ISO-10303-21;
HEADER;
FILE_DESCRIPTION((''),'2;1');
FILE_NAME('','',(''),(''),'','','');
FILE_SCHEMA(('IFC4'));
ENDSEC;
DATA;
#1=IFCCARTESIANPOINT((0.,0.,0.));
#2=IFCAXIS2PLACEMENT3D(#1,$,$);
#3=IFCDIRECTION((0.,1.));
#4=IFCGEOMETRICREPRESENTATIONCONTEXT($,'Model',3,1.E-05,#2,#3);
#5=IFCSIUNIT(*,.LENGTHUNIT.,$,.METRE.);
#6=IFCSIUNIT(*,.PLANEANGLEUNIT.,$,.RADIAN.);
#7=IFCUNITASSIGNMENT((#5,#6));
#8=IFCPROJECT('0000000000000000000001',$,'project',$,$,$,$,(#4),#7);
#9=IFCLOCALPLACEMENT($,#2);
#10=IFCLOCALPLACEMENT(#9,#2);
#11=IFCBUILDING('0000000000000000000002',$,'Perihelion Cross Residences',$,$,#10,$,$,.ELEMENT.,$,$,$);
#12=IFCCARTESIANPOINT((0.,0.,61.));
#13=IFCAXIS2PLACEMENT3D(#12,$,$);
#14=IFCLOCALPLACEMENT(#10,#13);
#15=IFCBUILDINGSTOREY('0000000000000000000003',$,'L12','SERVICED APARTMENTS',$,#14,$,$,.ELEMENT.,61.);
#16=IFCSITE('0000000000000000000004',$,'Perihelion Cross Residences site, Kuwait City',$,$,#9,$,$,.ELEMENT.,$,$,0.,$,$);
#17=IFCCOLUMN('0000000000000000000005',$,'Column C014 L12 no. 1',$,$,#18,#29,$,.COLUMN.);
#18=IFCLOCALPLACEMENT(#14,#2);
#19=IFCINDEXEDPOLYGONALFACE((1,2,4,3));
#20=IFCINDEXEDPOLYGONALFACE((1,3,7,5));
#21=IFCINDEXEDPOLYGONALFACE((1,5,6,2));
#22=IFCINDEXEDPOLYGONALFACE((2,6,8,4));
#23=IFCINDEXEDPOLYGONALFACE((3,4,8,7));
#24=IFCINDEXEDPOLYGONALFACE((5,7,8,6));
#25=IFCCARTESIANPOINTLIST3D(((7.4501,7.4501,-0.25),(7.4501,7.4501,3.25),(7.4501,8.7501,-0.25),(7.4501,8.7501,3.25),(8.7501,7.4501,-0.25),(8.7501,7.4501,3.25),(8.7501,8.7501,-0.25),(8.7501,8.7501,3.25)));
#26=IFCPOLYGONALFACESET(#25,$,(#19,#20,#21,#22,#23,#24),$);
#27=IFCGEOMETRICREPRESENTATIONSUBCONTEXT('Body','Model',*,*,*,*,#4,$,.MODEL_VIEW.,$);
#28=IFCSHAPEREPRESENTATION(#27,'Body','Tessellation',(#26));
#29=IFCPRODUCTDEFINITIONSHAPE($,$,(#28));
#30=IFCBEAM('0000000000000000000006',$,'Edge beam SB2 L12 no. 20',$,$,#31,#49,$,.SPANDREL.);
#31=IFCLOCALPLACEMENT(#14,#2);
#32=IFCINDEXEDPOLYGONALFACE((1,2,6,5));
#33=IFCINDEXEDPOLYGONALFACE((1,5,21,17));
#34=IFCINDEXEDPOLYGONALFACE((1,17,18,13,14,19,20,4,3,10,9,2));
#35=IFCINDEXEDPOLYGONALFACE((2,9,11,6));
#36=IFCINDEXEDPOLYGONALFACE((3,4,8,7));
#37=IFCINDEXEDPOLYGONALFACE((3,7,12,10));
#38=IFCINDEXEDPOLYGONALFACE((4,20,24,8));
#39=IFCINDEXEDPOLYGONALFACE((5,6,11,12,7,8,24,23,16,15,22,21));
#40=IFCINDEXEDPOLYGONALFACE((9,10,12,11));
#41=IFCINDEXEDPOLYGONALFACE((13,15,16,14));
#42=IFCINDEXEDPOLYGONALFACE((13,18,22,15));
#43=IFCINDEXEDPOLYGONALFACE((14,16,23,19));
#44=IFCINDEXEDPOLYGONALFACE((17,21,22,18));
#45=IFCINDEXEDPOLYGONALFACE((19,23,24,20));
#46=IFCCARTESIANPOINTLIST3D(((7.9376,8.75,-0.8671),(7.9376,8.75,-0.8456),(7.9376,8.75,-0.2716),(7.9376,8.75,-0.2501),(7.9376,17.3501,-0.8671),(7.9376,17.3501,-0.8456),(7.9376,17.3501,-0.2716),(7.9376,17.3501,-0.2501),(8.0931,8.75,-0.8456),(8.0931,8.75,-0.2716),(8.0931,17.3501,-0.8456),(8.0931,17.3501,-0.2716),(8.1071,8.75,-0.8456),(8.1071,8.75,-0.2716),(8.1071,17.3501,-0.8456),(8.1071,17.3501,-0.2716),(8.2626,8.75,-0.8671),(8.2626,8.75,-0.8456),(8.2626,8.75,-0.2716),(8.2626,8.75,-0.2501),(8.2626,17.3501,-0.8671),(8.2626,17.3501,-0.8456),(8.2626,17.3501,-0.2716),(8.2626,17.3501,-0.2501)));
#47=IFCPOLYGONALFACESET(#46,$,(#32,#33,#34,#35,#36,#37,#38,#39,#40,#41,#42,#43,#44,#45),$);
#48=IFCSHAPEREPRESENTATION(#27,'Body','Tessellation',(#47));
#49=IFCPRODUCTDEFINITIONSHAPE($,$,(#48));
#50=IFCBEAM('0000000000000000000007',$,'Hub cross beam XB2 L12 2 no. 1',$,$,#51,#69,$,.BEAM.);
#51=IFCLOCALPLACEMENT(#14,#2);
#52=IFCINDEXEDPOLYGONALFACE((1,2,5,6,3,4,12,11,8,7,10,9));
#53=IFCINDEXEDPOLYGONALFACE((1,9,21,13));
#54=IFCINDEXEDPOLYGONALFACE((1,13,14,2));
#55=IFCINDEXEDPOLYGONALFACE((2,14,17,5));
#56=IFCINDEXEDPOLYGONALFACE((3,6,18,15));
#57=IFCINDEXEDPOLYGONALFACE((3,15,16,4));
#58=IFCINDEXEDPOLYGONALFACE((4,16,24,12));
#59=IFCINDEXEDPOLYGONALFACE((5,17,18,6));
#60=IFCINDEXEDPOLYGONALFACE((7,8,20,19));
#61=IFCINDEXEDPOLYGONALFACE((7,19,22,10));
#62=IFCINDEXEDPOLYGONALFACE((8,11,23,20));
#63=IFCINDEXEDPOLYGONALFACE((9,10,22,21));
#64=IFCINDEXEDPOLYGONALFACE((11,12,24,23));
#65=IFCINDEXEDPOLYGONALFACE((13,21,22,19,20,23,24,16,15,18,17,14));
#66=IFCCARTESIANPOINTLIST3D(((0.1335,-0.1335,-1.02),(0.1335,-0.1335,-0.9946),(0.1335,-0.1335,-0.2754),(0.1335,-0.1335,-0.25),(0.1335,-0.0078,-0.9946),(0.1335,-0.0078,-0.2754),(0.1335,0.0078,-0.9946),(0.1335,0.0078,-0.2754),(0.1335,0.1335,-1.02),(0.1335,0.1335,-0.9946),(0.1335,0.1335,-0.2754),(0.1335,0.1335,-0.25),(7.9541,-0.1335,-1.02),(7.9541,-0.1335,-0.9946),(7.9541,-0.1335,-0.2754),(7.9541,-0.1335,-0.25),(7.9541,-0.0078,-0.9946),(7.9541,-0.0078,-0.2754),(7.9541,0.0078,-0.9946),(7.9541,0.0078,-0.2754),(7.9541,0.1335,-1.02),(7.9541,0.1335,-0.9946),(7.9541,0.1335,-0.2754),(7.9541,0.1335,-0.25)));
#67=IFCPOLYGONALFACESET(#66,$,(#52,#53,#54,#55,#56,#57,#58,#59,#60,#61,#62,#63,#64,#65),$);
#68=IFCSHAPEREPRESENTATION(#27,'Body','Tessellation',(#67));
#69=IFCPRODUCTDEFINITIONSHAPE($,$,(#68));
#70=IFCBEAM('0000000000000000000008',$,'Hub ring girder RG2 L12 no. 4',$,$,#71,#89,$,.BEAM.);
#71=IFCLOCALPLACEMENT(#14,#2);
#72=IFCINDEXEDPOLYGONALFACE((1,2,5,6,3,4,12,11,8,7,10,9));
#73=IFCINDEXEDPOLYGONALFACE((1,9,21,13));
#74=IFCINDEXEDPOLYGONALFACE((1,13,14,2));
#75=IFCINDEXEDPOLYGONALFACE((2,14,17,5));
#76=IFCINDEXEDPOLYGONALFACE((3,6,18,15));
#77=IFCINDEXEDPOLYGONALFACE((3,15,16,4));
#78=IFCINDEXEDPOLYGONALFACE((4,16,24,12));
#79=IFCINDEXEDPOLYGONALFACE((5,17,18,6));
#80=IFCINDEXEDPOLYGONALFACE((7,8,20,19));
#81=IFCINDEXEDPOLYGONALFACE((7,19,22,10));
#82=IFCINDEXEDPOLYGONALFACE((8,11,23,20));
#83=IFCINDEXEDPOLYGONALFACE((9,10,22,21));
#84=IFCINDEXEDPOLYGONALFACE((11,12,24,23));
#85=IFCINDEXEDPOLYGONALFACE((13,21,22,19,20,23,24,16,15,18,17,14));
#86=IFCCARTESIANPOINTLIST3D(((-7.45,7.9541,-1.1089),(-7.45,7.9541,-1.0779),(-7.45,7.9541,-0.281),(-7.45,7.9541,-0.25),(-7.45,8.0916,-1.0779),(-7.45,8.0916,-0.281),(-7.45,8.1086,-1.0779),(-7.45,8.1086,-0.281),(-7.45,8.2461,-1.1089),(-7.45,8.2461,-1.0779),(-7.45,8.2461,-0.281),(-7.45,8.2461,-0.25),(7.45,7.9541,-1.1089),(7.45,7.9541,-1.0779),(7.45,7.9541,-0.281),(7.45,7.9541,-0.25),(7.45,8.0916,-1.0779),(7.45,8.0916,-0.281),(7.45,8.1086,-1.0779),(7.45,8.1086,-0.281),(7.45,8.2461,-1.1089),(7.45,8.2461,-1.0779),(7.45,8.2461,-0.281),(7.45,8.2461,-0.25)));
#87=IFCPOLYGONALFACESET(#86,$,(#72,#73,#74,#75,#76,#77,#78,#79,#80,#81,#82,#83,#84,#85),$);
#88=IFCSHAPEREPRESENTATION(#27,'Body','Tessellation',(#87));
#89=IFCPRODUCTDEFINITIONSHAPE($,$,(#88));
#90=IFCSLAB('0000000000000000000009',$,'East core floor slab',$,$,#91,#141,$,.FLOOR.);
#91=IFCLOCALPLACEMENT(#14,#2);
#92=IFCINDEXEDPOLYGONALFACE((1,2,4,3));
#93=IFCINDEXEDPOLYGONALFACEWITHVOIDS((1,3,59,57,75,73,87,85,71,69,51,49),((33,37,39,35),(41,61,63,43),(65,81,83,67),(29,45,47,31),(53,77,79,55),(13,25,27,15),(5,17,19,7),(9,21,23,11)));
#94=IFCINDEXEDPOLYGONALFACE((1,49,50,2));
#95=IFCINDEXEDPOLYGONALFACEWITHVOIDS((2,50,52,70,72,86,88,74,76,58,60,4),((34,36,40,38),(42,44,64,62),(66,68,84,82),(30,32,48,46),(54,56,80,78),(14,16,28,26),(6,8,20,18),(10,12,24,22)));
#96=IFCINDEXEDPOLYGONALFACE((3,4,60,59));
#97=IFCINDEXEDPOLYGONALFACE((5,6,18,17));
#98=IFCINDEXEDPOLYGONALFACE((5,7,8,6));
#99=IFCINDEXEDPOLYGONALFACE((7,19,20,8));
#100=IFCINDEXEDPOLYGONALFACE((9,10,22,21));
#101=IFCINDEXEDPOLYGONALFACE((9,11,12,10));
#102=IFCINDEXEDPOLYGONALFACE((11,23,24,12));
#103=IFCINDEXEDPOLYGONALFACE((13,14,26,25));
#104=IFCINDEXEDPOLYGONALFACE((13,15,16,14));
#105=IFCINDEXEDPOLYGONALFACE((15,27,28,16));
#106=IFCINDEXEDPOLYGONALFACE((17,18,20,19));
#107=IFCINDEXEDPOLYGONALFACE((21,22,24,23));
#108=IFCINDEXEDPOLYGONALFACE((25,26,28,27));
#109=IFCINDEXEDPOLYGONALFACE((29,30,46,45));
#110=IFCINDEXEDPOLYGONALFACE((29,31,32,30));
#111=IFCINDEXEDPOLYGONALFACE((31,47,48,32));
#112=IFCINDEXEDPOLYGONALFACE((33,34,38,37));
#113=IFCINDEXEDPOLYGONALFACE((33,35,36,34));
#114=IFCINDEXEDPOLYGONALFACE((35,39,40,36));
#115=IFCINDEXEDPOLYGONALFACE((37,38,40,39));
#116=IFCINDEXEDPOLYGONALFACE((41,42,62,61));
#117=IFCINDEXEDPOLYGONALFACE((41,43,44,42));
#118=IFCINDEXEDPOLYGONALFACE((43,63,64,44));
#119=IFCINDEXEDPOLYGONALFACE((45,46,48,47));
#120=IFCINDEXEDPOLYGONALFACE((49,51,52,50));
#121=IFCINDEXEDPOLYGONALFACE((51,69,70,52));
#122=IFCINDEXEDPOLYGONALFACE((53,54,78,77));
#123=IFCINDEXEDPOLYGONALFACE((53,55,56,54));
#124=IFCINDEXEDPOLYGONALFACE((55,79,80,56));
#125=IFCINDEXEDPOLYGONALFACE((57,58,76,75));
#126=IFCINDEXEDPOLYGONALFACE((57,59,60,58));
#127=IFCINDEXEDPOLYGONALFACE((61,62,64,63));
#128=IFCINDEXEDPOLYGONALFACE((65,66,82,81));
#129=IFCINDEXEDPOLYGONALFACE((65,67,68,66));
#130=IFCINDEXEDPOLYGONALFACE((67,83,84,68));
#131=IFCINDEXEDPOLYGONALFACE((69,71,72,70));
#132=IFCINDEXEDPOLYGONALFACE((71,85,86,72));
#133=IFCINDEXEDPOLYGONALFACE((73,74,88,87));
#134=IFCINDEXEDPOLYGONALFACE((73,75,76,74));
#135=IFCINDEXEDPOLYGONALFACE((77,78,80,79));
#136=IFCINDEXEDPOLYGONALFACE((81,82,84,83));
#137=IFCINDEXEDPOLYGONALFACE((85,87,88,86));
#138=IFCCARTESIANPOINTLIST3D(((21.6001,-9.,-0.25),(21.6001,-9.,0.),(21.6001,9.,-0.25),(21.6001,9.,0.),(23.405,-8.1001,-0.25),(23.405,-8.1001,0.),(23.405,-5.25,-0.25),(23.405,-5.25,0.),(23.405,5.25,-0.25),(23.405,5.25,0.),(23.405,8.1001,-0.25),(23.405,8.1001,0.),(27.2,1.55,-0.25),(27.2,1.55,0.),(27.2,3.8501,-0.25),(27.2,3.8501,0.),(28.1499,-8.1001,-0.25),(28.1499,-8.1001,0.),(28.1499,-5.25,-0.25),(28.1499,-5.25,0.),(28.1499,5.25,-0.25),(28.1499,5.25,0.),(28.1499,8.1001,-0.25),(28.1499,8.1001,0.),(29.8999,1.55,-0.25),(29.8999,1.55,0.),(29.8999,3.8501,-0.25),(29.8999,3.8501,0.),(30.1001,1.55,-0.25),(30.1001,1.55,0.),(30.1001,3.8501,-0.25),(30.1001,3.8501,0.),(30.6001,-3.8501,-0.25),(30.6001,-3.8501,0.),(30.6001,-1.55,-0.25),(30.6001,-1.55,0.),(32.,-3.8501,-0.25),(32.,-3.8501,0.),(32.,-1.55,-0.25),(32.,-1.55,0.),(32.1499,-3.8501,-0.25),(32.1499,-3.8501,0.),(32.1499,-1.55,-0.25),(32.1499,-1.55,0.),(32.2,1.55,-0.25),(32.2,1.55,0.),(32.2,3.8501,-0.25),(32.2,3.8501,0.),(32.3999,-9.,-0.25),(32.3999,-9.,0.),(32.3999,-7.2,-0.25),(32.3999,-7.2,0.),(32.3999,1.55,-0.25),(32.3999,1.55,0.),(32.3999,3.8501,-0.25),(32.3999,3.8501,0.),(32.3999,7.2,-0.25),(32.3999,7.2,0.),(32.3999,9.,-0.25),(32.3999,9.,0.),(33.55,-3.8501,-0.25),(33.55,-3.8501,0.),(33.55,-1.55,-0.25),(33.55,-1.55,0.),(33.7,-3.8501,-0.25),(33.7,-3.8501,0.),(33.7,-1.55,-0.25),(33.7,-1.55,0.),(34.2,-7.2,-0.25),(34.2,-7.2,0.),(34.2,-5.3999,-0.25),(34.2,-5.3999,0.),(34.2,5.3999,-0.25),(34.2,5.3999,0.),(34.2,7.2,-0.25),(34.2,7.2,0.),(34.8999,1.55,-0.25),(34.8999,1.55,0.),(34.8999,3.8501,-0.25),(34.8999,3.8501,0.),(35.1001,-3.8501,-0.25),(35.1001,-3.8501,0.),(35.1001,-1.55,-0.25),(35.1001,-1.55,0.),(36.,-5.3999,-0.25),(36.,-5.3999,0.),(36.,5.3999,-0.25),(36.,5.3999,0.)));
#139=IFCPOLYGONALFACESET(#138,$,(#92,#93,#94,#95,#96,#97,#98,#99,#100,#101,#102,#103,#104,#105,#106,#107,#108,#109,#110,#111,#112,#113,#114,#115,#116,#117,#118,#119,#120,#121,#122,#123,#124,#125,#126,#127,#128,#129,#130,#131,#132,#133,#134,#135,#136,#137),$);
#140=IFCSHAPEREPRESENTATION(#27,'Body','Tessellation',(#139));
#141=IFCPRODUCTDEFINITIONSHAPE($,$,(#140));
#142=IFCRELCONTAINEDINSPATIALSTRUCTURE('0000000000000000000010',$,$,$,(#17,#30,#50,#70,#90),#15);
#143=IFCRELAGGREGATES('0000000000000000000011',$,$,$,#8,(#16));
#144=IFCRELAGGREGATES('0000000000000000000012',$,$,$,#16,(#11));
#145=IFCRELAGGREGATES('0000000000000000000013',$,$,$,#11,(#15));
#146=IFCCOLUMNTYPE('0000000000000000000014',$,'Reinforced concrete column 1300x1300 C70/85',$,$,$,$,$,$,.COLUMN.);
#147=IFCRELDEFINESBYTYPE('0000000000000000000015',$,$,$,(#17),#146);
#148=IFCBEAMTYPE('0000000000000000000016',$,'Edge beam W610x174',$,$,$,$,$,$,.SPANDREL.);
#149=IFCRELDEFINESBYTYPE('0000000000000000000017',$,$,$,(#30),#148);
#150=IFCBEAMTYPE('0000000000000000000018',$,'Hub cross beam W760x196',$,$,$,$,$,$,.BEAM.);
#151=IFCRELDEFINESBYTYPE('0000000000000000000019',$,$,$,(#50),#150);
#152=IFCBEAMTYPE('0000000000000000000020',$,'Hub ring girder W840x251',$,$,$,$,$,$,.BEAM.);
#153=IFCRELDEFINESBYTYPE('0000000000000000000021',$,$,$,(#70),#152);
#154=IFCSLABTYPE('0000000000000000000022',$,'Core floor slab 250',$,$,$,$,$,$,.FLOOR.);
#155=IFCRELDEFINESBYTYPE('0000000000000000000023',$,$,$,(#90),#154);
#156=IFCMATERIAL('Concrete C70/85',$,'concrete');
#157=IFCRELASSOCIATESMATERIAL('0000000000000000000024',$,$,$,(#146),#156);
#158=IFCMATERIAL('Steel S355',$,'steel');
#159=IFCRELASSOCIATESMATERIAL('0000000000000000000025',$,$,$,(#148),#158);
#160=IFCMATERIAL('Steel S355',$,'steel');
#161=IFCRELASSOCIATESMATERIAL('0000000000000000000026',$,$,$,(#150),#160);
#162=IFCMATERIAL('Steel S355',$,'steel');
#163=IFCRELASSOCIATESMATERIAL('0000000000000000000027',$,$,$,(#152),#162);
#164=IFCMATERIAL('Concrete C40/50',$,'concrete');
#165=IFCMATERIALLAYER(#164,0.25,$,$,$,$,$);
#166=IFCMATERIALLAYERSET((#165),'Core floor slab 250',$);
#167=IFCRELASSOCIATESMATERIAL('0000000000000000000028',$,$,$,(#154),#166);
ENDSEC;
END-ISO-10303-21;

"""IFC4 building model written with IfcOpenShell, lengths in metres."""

from ifc_helpers import new_model, si_unit, direction, frame, origin, origin_2d, place, context, subcontext, project, spatial, polyline, rectangle, i_section, outline, extrude, material, layer, layer_set, material_profile, profile_set, type_object, element, save


model = new_model("IFC4")

# Units and contexts
model_context = context("Model", 3, precision=1e-05, world=origin(), true_north=direction((0.0, 1.0)))
body_context = subcontext(model_context, "Body", "Model", "MODEL_VIEW")
ifc_project = project(units=[si_unit("LENGTHUNIT", "METRE"), si_unit("PLANEANGLEUNIT", "RADIAN")], contexts=[model_context])

# Site, building, storey
site_placement = place(None, origin())
site = spatial("IfcSite", under=ifc_project, at=site_placement, Name="Perihelion Cross Residences site, Kuwait City", CompositionType="ELEMENT", RefElevation=0.0)
building_placement = place(site_placement, origin())
building = spatial("IfcBuilding", under=site, at=building_placement, Name="Perihelion Cross Residences", CompositionType="ELEMENT")
storey_placement = place(building_placement, frame((0.0, 0.0, 61.0)))
storey = spatial("IfcBuildingStorey", under=building, at=storey_placement, Name="L12", Description="SERVICED APARTMENTS", CompositionType="ELEMENT", Elevation=61.0)

# Column
ifc_material_1 = material(Name="Concrete C70/85", Category="concrete")
ifc_material_profile_1 = material_profile(ifc_material_1, rectangle(XDim=1.3, YDim=1.3, at=origin_2d()), Name="RC 1300x1300")
ifc_profile_set_1 = profile_set([ifc_material_profile_1], Name="Concrete C70/85")
column_type = type_object("IfcColumnType", Name="Reinforced concrete column 1300x1300 C70/85", PredefinedType="COLUMN", material=ifc_profile_set_1)
column_placement = place(storey_placement, frame((8.1001, 8.1001, -0.25), z_axis=(0.0, 0.0, 1.0), x_axis=(1.0, 0.0, 0.0)))
element("IfcColumn", 1, at=column_placement, inside=storey, type_object=column_type, Name="Column C014 L12 no. 1", PredefinedType="COLUMN", context=body_context, shape_type="SweptSolid", body=[
    extrude(rectangle(XDim=1.3, YDim=1.3, at=origin_2d()), origin(), (0.0, 0.0, 1.0), 3.5),
])

# Beams
ifc_material_2 = material(Name="Steel S355", Category="steel")
ifc_material_profile_2 = material_profile(ifc_material_2, i_section(OverallWidth=0.325, OverallDepth=0.6169, WebThickness=0.0139, FlangeThickness=0.0215, at=origin_2d()), Name="W610x174")
ifc_profile_set_2 = profile_set([ifc_material_profile_2], Name="Steel S355")
beam_type_1 = type_object("IfcBeamType", Name="Edge beam W610x174", PredefinedType="SPANDREL", material=ifc_profile_set_2)
beam_1_placement = place(storey_placement, frame((8.1001, 8.75, -0.5586), z_axis=(0.0, 1.0, 0.0), x_axis=(-1.0, 0.0, 0.0)))
element("IfcBeam", 2, at=beam_1_placement, inside=storey, type_object=beam_type_1, Name="Edge beam SB2 L12 no. 20", PredefinedType="SPANDREL", context=body_context, shape_type="SweptSolid", body=[
    extrude(i_section(OverallWidth=0.325, OverallDepth=0.6169, WebThickness=0.0139, FlangeThickness=0.0215, at=origin_2d()), origin(), (0.0, 0.0, 1.0), 8.6001),
])
ifc_material_3 = material(Name="Steel S355", Category="steel")
ifc_material_profile_3 = material_profile(ifc_material_3, i_section(OverallWidth=0.2671, OverallDepth=0.77, WebThickness=0.0156, FlangeThickness=0.0254, at=origin_2d()), Name="W760x196")
ifc_profile_set_3 = profile_set([ifc_material_profile_3], Name="Steel S355")
beam_type_2 = type_object("IfcBeamType", Name="Hub cross beam W760x196", PredefinedType="BEAM", material=ifc_profile_set_3)
beam_2_placement = place(storey_placement, frame((0.1335, 0.0, -0.635), z_axis=(1.0, 0.0, 0.0), x_axis=(0.0, 1.0, 0.0)))
element("IfcBeam", 3, at=beam_2_placement, inside=storey, type_object=beam_type_2, Name="Hub cross beam XB2 L12 2 no. 1", PredefinedType="BEAM", context=body_context, shape_type="SweptSolid", body=[
    extrude(i_section(OverallWidth=0.2671, OverallDepth=0.77, WebThickness=0.0156, FlangeThickness=0.0254, at=origin_2d()), origin(), (0.0, 0.0, 1.0), 7.8206),
])
ifc_material_4 = material(Name="Steel S355", Category="steel")
ifc_material_profile_4 = material_profile(ifc_material_4, i_section(OverallWidth=0.292, OverallDepth=0.8589, WebThickness=0.0171, FlangeThickness=0.031, at=origin_2d()), Name="W840x251")
ifc_profile_set_4 = profile_set([ifc_material_profile_4], Name="Steel S355")
beam_type_3 = type_object("IfcBeamType", Name="Hub ring girder W840x251", PredefinedType="BEAM", material=ifc_profile_set_4)
beam_3_placement = place(storey_placement, frame((7.45, 8.1001, -0.6794), z_axis=(-1.0, 0.0, 0.0), x_axis=(0.0, -1.0, 0.0)))
element("IfcBeam", 4, at=beam_3_placement, inside=storey, type_object=beam_type_3, Name="Hub ring girder RG2 L12 no. 4", PredefinedType="BEAM", context=body_context, shape_type="SweptSolid", body=[
    extrude(i_section(OverallWidth=0.292, OverallDepth=0.8589, WebThickness=0.0171, FlangeThickness=0.031, at=origin_2d()), origin(), (0.0, 0.0, 1.0), 14.8999),
])

# Slab
ifc_material_5 = material(Name="Concrete C40/50", Category="concrete")
ifc_layer_1 = layer(ifc_material_5, 0.25)
ifc_layer_set_1 = layer_set([ifc_layer_1], Name="Core floor slab 250")
slab_type_1 = type_object("IfcSlabType", Name="Core floor slab 250", PredefinedType="FLOOR", material=ifc_layer_set_1)
slab_1_placement = place(storey_placement, frame((0.0, 0.0, -0.25)))
element("IfcSlab", 5, at=slab_1_placement, inside=storey, type_object=slab_type_1, Name="East core floor slab", PredefinedType="FLOOR", context=body_context, shape_type="SweptSolid", body=[
    extrude(outline(polyline([(32.3999, 7.2), (34.2, 7.2), (34.2, 5.3999), (36.0, 5.3999), (36.0, -5.3999), (34.2, -5.3999), (34.2, -7.2), (32.3999, -7.2), (32.3999, -9.0), (21.6001, -9.0), (21.6001, 9.0), (32.3999, 9.0), (32.3999, 7.2)]), holes=[polyline([(23.405, -8.1001), (28.1499, -8.1001), (28.1499, -5.25), (23.405, -5.25), (23.405, -8.1001)]), polyline([(30.6001, -1.55), (30.6001, -3.8501), (32.0, -3.8501), (32.0, -1.55), (30.6001, -1.55)]), polyline([(32.1499, -1.55), (32.1499, -3.8501), (33.55, -3.8501), (33.55, -1.55), (32.1499, -1.55)]), polyline([(33.7, -1.55), (33.7, -3.8501), (35.1001, -3.8501), (35.1001, -1.55), (33.7, -1.55)]), polyline([(27.2, 3.8501), (27.2, 1.55), (29.8999, 1.55), (29.8999, 3.8501), (27.2, 3.8501)]), polyline([(30.1001, 3.8501), (30.1001, 1.55), (32.2, 1.55), (32.2, 3.8501), (30.1001, 3.8501)]), polyline([(32.3999, 3.8501), (32.3999, 1.55), (34.8999, 1.55), (34.8999, 3.8501), (32.3999, 3.8501)]), polyline([(23.405, 5.25), (28.1499, 5.25), (28.1499, 8.1001), (23.405, 8.1001), (23.405, 5.25)])]), origin(), (0.0, 0.0, 1.0), 0.25),
])

save(model, "model.ifc")
